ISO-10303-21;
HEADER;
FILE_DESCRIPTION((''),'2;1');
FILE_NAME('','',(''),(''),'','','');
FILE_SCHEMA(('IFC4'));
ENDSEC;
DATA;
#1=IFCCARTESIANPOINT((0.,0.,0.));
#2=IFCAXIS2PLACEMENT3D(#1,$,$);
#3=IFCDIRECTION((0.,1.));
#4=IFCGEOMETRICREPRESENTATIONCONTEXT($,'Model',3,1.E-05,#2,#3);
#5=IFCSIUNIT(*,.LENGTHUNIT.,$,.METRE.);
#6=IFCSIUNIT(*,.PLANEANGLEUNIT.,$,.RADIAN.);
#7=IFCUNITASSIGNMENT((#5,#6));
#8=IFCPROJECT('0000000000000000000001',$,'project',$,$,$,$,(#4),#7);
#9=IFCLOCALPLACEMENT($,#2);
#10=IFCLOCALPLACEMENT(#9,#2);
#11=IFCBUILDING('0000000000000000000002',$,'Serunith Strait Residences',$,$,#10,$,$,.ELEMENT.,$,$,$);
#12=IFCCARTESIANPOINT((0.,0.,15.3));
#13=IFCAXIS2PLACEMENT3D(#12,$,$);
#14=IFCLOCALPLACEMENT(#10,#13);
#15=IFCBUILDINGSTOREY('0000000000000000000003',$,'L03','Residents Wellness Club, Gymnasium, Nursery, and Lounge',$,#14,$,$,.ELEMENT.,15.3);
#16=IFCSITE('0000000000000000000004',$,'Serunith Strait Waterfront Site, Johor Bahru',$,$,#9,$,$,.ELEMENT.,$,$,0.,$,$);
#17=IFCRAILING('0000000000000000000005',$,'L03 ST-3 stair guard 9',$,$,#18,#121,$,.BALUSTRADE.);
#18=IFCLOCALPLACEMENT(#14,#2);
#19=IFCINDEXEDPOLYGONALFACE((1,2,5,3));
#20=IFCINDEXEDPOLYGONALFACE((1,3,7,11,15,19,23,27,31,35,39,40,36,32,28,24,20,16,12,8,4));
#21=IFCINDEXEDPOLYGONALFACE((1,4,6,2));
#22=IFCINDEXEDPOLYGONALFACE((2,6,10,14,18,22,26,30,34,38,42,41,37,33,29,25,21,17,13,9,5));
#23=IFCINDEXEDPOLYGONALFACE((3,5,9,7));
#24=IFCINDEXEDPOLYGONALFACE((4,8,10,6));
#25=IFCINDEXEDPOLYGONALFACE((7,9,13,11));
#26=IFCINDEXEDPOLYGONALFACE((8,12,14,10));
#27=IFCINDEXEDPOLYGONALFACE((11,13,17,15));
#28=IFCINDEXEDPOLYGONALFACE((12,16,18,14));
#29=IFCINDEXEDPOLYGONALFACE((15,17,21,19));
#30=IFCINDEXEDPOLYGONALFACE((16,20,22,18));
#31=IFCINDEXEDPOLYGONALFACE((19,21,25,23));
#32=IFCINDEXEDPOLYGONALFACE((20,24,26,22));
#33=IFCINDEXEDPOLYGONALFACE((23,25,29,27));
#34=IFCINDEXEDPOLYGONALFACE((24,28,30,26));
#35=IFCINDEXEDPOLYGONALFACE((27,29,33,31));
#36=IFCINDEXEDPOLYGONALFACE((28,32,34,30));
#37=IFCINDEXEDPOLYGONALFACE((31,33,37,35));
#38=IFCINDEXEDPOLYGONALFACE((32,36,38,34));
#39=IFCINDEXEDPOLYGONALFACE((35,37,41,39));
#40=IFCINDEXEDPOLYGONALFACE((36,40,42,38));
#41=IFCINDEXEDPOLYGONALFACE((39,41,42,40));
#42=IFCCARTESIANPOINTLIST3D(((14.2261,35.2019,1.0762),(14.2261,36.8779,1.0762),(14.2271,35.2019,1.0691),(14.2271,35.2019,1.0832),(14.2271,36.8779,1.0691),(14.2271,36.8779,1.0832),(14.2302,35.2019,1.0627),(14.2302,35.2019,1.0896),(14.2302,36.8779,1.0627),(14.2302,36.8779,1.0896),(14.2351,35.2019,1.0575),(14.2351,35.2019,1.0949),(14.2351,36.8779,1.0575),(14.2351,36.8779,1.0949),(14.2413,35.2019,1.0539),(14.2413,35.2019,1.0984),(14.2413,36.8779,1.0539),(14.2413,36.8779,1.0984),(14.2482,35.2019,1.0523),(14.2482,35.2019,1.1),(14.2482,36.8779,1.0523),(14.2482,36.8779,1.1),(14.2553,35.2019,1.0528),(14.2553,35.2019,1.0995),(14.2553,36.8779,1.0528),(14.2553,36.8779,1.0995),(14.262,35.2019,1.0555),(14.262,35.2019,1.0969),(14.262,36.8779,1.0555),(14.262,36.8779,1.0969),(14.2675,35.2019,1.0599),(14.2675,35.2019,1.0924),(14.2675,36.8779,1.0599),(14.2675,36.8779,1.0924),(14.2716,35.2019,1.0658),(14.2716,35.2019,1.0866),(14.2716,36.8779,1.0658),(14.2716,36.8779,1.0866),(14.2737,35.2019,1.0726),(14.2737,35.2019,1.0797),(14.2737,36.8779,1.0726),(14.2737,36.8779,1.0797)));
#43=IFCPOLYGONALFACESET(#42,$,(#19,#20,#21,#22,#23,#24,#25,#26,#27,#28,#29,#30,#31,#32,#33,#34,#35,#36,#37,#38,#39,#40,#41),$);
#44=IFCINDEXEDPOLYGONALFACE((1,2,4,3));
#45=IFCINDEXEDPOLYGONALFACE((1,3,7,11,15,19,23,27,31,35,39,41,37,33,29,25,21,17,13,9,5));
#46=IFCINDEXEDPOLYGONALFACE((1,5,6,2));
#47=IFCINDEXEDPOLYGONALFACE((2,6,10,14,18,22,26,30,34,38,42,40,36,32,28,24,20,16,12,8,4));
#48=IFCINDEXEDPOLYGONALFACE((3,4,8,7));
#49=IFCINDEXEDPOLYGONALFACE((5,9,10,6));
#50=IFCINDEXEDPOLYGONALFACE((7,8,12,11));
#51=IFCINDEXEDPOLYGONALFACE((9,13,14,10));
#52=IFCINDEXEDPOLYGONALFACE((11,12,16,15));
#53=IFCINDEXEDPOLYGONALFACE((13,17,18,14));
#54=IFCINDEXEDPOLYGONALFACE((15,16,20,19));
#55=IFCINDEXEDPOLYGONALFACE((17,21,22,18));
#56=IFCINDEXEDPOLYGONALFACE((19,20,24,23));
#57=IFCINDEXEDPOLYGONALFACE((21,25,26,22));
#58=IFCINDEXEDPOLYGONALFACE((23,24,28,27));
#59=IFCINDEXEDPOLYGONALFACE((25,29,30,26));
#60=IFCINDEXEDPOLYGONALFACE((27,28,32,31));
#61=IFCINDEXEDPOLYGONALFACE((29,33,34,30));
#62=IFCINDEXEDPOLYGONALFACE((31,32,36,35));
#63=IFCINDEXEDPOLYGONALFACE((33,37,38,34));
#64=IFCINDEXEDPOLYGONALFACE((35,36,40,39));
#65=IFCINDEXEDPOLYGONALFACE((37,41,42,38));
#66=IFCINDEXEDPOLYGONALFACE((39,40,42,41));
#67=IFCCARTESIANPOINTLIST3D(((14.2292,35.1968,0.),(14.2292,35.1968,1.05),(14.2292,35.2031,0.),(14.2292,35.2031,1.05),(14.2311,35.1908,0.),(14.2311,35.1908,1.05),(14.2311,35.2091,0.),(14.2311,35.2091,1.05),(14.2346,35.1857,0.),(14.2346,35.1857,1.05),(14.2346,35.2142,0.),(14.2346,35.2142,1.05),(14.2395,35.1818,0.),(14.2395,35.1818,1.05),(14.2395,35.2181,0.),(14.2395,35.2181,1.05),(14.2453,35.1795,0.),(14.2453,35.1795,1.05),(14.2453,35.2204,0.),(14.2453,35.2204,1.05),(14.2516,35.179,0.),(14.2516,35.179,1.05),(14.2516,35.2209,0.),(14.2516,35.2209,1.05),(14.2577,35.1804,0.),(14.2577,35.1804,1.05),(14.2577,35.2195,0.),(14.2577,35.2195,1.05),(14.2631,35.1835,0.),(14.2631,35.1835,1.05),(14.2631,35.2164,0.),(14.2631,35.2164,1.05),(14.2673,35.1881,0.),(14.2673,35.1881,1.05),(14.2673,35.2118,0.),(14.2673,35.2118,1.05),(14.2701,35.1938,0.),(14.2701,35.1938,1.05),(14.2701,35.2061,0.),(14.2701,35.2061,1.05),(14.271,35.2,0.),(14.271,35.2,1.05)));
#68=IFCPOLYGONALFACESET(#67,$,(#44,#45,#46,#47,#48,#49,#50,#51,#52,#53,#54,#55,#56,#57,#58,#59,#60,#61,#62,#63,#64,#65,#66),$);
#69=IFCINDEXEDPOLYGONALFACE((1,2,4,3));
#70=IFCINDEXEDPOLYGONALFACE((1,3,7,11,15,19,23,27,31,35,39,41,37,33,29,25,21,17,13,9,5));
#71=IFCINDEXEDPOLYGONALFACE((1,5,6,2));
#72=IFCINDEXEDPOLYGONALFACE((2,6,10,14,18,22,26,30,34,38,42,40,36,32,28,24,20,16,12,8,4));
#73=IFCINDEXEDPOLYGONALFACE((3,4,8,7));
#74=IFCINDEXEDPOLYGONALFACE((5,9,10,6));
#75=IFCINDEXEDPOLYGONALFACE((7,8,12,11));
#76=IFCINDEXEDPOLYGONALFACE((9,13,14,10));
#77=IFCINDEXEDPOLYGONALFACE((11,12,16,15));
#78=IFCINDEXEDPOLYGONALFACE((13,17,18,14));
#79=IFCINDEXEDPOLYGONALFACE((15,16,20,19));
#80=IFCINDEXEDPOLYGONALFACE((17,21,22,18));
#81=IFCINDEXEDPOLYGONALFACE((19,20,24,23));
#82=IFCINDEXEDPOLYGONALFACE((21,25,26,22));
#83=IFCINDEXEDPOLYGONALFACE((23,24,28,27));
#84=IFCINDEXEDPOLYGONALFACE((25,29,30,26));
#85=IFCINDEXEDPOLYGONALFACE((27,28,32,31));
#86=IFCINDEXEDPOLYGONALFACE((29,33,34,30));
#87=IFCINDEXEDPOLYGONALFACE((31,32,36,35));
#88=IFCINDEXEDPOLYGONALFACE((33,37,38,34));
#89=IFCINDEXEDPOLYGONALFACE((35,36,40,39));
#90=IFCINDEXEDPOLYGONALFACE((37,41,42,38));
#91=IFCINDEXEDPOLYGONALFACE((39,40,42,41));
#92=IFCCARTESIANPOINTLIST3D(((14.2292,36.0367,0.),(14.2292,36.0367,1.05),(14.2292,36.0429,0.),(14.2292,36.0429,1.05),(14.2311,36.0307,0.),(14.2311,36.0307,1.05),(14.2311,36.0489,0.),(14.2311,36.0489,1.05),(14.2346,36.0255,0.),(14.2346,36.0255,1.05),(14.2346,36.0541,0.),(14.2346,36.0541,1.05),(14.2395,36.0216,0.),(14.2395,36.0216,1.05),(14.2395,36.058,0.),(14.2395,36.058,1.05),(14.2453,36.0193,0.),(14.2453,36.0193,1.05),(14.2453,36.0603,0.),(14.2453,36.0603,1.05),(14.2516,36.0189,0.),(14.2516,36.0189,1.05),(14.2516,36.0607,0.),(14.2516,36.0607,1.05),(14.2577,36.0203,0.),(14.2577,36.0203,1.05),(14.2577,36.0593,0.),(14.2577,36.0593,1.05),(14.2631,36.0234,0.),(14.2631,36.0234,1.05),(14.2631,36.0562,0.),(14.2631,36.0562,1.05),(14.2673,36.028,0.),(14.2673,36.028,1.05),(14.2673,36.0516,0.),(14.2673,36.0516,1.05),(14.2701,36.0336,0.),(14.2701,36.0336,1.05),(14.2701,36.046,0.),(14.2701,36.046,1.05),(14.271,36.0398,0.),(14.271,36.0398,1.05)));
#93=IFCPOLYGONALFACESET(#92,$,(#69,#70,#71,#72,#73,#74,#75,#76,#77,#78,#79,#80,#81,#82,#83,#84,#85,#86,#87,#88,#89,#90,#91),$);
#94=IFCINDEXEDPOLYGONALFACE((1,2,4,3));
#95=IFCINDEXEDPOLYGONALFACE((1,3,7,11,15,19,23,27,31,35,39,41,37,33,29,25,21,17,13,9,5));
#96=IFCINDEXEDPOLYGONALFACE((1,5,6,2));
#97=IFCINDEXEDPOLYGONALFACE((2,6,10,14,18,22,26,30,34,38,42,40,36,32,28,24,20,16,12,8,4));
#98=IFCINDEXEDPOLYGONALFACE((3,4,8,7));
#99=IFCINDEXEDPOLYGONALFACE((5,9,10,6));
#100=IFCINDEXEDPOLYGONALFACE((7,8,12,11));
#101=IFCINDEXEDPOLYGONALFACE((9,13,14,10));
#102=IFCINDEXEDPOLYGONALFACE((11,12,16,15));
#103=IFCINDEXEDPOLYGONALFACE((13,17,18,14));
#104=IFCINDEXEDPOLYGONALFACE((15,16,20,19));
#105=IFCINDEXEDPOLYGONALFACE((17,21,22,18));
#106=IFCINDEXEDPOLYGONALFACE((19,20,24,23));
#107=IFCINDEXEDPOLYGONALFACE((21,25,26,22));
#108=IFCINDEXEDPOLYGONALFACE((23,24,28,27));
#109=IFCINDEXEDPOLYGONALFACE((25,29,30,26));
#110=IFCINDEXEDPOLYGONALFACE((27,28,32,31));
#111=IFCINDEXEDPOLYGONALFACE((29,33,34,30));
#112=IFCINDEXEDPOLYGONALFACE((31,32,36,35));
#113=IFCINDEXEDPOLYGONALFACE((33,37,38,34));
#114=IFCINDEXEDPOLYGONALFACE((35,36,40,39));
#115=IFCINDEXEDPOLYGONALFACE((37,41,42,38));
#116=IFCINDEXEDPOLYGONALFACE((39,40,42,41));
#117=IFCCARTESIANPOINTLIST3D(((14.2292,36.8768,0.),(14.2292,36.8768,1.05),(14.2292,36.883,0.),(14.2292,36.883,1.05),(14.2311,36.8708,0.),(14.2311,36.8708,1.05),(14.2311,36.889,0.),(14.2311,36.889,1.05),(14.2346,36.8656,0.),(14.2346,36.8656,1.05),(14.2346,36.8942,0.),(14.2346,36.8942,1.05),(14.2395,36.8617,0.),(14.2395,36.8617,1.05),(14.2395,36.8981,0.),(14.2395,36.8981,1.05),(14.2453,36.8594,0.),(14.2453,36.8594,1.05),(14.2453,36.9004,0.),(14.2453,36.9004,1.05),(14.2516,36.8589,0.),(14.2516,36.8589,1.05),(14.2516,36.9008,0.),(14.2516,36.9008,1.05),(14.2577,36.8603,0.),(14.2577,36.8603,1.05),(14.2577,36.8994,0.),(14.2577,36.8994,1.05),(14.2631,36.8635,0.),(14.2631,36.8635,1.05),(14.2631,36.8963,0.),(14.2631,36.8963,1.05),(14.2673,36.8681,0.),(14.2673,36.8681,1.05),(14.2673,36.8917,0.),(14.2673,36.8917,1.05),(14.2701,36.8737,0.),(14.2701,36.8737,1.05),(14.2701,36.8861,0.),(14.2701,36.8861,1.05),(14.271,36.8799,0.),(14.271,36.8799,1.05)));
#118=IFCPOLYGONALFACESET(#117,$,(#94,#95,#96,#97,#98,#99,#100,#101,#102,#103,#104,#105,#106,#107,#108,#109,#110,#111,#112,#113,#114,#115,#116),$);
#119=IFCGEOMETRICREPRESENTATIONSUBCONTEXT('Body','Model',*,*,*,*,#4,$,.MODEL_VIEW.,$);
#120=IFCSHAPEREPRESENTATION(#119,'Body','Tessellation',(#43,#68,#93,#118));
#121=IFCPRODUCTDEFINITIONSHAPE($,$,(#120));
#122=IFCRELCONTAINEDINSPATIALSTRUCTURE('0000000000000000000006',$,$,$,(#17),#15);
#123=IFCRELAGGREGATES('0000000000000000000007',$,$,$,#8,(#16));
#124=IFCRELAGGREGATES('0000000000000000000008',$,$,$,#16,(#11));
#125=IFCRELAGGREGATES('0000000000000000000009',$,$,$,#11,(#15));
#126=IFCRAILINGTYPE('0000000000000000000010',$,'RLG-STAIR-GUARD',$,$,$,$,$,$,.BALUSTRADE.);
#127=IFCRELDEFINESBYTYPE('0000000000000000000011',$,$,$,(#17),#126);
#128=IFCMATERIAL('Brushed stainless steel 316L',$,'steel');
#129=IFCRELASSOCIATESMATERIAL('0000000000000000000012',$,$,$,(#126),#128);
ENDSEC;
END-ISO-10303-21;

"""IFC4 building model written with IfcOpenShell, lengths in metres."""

from ifc_helpers import new_model, si_unit, direction, frame, origin, origin_2d, place, context, subcontext, project, spatial, circle, extrude, material, type_object, element, save


model = new_model("IFC4")

# Units and contexts
model_context = context("Model", 3, precision=1e-05, world=origin(), true_north=direction((0.0, 1.0)))
body_context = subcontext(model_context, "Body", "Model", "MODEL_VIEW")
ifc_project = project(units=[si_unit("LENGTHUNIT", "METRE"), si_unit("PLANEANGLEUNIT", "RADIAN")], contexts=[model_context])

# Site, building, storey
site_placement = place(None, origin())
site = spatial("IfcSite", under=ifc_project, at=site_placement, Name="Serunith Strait Waterfront Site, Johor Bahru", CompositionType="ELEMENT", RefElevation=0.0)
building_placement = place(site_placement, origin())
building = spatial("IfcBuilding", under=site, at=building_placement, Name="Serunith Strait Residences", CompositionType="ELEMENT")
storey_placement = place(building_placement, frame((0.0, 0.0, 15.3)))
storey = spatial("IfcBuildingStorey", under=building, at=storey_placement, Name="L03", Description="Residents Wellness Club, Gymnasium, Nursery, and Lounge", CompositionType="ELEMENT", Elevation=15.3)

# Railing
ifc_material_1 = material(Name="Brushed stainless steel 316L", Category="steel")
railing_type_1 = type_object("IfcRailingType", Name="RLG-STAIR-GUARD", PredefinedType="BALUSTRADE", material=ifc_material_1)
for number, where, name in (
    (1, (14.25, 35.2, 0.0), "L03 ST-3 stair guard 9"),
):
    element("IfcRailing", number, at=place(storey_placement, frame(where)), inside=storey, type_object=railing_type_1, Name=name, PredefinedType="BALUSTRADE", context=body_context, shape_type="SweptSolid", body=[
        extrude(circle(Radius=0.0239, at=origin_2d()), frame((0.0, 0.002, 1.0762), z_axis=(0.0, 1.0, 0.0), x_axis=(-1.0, 0.0, 0.0)), (0.0, 0.0, 1.0), 1.676),
        extrude(circle(Radius=0.021, at=origin_2d()), origin(), (0.0, 0.0, 1.0), 1.05),
        extrude(circle(Radius=0.021, at=origin_2d()), frame((0.0, 0.8398, 0.0)), (0.0, 0.0, 1.0), 1.05),
        extrude(circle(Radius=0.021, at=origin_2d()), frame((0.0, 1.6799, 0.0)), (0.0, 0.0, 1.0), 1.05),
    ])

save(model, "model.ifc")
